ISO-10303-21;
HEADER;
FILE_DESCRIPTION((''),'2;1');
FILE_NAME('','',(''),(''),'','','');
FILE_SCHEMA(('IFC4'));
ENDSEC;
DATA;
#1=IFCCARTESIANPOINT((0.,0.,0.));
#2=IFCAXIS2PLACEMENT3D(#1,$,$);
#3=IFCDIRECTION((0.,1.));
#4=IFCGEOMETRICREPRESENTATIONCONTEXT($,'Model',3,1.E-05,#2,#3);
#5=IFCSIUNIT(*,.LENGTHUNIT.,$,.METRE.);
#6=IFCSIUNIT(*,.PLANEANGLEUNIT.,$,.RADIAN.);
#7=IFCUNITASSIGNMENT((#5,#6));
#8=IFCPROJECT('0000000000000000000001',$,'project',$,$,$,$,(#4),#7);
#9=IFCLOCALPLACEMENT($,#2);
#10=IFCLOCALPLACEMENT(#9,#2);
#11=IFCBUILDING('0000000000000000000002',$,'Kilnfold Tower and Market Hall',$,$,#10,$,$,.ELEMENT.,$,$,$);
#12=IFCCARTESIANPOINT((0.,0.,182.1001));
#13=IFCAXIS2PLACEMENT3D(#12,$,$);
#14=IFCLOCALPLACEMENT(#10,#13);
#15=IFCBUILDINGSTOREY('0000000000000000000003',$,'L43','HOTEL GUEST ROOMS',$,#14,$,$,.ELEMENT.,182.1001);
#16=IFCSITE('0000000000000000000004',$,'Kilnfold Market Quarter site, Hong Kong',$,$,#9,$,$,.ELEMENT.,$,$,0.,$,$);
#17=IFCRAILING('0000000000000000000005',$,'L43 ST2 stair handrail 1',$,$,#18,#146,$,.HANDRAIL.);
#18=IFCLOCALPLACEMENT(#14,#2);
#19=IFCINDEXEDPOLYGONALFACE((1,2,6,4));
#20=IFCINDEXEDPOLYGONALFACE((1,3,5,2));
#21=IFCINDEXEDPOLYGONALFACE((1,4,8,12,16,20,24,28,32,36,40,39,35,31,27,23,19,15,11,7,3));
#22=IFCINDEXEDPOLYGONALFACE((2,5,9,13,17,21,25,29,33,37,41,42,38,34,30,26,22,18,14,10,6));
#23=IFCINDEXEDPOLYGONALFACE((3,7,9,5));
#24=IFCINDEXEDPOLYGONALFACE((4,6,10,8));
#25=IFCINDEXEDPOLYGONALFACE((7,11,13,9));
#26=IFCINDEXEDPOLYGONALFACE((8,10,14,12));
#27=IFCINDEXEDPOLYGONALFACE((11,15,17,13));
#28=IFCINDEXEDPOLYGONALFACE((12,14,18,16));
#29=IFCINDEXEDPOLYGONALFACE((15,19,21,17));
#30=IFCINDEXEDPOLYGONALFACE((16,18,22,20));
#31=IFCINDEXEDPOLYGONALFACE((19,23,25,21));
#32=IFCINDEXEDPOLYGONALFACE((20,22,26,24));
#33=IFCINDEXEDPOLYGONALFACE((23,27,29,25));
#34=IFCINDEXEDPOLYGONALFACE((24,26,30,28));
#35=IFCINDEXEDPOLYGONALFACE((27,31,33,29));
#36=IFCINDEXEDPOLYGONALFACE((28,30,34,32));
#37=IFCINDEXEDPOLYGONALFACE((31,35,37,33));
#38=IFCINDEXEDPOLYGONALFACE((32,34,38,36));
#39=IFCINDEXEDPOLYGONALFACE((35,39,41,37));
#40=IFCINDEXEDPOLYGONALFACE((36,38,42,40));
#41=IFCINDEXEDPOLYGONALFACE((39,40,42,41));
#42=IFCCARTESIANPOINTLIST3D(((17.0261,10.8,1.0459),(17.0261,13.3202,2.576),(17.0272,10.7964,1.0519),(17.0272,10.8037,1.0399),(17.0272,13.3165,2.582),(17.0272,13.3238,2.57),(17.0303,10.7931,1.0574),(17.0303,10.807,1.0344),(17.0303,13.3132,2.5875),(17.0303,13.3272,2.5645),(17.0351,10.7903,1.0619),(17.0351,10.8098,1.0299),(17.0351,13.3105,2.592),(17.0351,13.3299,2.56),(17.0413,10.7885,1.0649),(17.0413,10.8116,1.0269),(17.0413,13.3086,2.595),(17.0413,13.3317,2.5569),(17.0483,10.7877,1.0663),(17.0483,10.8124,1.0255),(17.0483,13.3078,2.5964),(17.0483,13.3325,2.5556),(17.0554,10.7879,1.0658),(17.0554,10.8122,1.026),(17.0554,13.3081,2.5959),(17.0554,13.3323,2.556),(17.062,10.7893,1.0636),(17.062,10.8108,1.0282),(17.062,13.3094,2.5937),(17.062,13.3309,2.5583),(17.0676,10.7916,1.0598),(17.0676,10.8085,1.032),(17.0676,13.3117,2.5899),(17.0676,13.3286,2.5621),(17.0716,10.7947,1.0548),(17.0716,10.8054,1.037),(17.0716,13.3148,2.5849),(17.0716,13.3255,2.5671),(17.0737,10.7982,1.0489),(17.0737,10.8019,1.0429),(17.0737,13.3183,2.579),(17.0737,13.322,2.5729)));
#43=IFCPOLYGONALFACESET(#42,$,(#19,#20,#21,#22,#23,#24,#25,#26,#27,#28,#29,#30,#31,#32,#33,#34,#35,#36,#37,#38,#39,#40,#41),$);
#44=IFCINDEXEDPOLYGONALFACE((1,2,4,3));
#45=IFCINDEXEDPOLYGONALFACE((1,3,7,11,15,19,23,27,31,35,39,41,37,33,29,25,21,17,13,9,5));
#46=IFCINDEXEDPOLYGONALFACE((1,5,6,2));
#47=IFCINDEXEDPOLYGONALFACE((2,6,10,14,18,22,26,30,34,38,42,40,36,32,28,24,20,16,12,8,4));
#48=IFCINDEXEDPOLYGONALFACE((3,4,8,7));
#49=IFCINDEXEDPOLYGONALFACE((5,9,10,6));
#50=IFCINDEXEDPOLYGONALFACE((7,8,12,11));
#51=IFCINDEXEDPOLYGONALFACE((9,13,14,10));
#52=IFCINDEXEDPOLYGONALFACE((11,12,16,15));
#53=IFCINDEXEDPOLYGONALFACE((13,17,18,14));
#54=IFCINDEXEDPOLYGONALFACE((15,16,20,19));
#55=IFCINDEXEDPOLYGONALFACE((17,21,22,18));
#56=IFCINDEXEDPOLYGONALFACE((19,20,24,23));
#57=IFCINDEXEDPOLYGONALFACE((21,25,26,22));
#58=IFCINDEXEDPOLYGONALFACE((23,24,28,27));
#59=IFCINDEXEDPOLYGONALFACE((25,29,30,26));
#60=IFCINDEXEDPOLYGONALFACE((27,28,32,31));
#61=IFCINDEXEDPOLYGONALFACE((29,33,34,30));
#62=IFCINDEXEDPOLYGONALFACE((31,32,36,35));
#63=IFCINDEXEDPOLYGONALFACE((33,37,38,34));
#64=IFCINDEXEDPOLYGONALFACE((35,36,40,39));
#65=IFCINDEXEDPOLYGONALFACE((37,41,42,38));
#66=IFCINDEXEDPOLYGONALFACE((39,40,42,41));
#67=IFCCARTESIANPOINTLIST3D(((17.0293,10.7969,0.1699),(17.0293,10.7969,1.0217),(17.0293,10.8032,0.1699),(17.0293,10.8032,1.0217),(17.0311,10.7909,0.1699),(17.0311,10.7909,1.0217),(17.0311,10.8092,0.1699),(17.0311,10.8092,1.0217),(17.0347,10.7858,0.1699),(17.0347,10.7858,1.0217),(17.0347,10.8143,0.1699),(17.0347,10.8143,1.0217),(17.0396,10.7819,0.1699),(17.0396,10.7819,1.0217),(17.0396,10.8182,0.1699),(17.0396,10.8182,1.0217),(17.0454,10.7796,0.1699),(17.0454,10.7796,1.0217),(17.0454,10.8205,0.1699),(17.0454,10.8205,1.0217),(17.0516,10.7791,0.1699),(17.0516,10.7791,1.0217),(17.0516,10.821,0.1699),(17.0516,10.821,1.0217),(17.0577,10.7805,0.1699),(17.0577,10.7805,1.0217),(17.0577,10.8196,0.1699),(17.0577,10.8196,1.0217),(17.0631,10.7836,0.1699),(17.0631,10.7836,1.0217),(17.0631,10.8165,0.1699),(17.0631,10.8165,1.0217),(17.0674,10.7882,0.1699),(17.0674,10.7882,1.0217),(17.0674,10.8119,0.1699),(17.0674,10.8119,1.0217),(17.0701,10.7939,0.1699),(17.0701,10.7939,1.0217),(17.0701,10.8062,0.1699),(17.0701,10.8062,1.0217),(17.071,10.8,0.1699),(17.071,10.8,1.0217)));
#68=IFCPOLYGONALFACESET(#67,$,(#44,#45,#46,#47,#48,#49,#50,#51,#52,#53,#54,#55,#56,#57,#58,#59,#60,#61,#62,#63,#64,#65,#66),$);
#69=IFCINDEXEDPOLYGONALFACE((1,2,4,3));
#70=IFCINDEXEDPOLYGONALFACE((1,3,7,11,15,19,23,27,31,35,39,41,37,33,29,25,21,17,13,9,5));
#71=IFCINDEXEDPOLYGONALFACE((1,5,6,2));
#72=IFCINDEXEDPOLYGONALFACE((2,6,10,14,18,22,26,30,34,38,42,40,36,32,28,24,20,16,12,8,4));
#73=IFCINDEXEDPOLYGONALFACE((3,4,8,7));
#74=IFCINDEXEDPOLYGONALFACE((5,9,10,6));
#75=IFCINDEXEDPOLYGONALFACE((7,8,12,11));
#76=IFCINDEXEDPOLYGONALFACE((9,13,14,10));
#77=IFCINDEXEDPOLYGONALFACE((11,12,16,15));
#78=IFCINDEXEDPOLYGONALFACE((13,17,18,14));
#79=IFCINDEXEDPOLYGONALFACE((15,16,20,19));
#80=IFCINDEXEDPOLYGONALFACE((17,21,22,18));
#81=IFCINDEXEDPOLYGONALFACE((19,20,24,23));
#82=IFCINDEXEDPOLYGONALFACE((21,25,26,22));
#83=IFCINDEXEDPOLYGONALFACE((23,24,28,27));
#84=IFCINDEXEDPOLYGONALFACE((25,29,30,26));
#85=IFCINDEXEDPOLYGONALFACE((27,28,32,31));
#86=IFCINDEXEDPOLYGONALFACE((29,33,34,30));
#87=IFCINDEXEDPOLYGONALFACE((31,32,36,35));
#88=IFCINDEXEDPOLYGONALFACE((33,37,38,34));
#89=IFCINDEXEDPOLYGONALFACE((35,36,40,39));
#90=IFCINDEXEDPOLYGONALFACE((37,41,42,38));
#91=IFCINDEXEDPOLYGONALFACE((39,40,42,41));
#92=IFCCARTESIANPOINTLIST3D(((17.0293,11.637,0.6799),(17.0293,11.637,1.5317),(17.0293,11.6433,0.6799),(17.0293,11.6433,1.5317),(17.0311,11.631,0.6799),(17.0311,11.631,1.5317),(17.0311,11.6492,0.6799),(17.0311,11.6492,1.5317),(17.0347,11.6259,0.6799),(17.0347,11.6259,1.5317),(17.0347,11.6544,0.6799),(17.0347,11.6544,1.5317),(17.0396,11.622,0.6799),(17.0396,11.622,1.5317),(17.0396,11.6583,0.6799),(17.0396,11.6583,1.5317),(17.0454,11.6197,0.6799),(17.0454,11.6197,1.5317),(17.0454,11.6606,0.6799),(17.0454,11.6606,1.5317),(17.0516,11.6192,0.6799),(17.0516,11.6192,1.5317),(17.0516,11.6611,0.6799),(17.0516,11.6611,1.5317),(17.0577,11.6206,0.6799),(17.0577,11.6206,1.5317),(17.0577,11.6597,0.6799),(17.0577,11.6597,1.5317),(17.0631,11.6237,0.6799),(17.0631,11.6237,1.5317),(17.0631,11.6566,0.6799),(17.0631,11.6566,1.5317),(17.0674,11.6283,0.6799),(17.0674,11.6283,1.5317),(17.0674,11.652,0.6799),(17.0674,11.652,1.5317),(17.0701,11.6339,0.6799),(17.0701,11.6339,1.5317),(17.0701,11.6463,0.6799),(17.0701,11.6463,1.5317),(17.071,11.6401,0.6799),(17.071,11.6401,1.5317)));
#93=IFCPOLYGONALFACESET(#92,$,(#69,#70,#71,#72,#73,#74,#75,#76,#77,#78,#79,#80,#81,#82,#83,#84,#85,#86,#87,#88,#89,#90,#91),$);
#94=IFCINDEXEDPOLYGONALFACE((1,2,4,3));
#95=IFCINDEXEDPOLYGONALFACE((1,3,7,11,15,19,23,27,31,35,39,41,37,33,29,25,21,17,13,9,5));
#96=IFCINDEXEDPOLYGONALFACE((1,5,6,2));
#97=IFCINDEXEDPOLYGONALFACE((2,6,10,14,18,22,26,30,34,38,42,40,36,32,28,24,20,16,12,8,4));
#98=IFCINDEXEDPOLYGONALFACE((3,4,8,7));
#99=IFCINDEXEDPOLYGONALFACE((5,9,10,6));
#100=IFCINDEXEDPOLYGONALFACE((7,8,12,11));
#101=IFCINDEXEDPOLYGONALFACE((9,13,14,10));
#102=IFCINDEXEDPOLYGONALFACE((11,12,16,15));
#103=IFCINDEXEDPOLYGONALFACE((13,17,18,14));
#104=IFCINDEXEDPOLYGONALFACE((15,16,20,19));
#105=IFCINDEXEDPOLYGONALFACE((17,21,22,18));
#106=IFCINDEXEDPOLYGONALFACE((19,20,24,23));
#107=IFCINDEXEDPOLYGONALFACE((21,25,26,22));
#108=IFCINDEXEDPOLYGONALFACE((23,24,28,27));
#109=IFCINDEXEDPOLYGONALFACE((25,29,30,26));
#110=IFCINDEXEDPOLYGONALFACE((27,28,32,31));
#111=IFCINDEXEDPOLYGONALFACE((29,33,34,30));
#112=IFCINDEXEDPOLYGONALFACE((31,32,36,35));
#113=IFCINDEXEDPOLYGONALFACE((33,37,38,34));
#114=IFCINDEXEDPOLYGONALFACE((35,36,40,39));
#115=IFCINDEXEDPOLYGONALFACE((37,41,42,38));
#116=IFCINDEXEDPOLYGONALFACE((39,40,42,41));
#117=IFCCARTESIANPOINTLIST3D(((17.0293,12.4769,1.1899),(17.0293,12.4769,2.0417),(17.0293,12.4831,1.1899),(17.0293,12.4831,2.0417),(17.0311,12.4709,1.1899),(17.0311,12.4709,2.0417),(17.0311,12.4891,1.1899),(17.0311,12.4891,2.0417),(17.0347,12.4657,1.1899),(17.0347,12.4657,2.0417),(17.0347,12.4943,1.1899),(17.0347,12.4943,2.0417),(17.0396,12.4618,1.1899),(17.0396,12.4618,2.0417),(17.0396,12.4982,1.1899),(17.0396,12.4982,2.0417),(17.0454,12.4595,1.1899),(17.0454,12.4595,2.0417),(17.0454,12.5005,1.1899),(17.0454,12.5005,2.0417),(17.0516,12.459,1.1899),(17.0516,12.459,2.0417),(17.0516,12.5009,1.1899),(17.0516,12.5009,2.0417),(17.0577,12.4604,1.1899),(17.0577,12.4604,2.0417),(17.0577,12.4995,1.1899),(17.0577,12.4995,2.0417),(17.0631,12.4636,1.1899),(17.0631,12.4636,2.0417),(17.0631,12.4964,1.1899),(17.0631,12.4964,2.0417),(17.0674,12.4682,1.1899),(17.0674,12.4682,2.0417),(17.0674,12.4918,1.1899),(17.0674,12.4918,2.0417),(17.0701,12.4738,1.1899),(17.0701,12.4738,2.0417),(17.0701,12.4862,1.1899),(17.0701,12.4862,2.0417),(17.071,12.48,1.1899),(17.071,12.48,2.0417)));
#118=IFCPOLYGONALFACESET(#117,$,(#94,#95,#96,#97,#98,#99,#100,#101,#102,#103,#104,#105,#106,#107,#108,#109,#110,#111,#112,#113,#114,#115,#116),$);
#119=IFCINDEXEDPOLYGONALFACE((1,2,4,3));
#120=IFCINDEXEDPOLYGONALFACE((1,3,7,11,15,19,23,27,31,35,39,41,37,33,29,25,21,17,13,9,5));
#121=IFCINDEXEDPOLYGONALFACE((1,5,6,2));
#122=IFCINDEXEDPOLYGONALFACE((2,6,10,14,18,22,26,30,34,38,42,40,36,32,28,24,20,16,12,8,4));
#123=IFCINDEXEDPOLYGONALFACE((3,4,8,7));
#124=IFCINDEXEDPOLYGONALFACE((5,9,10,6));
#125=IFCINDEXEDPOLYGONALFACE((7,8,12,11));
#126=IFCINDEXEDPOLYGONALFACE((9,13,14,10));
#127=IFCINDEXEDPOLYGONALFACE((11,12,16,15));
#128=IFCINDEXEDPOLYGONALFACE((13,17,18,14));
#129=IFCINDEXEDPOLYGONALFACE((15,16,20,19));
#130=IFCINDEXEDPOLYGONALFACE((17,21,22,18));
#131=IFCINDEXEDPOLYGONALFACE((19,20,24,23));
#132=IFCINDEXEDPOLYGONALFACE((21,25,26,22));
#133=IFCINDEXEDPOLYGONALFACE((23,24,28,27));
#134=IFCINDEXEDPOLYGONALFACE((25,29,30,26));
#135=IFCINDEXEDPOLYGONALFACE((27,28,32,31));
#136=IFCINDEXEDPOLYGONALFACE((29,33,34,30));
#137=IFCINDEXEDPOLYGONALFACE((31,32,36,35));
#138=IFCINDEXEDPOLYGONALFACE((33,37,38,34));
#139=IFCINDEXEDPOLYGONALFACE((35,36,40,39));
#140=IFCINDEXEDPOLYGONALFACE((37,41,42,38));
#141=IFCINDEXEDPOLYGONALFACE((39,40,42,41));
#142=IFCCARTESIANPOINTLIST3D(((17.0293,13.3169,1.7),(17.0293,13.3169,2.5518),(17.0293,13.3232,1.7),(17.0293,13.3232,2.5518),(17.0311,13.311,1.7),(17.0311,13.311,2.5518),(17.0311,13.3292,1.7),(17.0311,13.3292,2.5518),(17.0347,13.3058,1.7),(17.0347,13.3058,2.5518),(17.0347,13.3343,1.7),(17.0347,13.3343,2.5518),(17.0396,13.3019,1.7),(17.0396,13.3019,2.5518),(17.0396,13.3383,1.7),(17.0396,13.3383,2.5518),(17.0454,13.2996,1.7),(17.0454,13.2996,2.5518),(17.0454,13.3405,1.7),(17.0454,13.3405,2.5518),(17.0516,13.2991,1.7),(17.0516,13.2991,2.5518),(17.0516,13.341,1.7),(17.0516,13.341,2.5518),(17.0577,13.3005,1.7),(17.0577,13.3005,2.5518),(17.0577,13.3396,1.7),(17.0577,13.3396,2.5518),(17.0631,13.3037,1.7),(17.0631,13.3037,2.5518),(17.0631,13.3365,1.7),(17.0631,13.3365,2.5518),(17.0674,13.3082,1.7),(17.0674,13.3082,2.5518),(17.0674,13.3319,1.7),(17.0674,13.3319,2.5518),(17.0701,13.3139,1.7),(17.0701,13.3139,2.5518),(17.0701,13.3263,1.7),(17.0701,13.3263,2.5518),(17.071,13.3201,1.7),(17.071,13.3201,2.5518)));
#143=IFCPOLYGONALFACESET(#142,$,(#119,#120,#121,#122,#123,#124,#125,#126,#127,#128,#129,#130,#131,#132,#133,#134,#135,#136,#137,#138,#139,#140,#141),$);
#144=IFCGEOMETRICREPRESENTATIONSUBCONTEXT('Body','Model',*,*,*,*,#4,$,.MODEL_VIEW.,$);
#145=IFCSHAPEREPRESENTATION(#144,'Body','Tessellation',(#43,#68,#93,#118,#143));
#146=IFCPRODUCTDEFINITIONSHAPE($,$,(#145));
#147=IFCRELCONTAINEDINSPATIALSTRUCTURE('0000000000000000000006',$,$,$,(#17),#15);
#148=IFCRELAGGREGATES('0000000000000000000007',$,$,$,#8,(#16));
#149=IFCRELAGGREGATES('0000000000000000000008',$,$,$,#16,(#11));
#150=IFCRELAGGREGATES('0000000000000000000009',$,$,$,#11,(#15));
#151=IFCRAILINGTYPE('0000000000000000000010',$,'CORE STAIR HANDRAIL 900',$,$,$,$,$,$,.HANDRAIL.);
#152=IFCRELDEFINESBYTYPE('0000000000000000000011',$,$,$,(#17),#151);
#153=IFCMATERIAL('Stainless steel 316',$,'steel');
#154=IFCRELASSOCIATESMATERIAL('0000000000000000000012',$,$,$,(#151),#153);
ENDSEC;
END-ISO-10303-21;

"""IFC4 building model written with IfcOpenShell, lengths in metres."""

from ifc_helpers import new_model, si_unit, direction, frame, origin, origin_2d, place, context, subcontext, project, spatial, circle, extrude, material, type_object, element, save


model = new_model("IFC4")

# Units and contexts
model_context = context("Model", 3, precision=1e-05, world=origin(), true_north=direction((0.0, 1.0)))
body_context = subcontext(model_context, "Body", "Model", "MODEL_VIEW")
ifc_project = project(units=[si_unit("LENGTHUNIT", "METRE"), si_unit("PLANEANGLEUNIT", "RADIAN")], contexts=[model_context])

# Site, building, storey
site_placement = place(None, origin())
site = spatial("IfcSite", under=ifc_project, at=site_placement, Name="Kilnfold Market Quarter site, Hong Kong", CompositionType="ELEMENT", RefElevation=0.0)
building_placement = place(site_placement, origin())
building = spatial("IfcBuilding", under=site, at=building_placement, Name="Kilnfold Tower and Market Hall", CompositionType="ELEMENT")
storey_placement = place(building_placement, frame((0.0, 0.0, 182.1001)))
storey = spatial("IfcBuildingStorey", under=building, at=storey_placement, Name="L43", Description="HOTEL GUEST ROOMS", CompositionType="ELEMENT", Elevation=182.1001)

# Railing
ifc_material_1 = material(Name="Stainless steel 316", Category="steel")
railing_type_1 = type_object("IfcRailingType", Name="CORE STAIR HANDRAIL 900", PredefinedType="HANDRAIL", material=ifc_material_1)
for number, where, name in (
    (1, (17.05, 10.8, 0.1699), "L43 ST2 stair handrail 1"),
):
    element("IfcRailing", number, at=place(storey_placement, frame(where)), inside=storey, type_object=railing_type_1, Name=name, PredefinedType="HANDRAIL", context=body_context, shape_type="SweptSolid", body=[
        extrude(circle(Radius=0.0239, at=origin_2d()), frame((0.0, 0.0, 0.876), z_axis=(0.0, 0.854785, 0.518982), x_axis=(-1.0, 0.0, 0.0)), (0.0, 0.0, 1.0), 2.9482),
        extrude(circle(Radius=0.021, at=origin_2d()), origin(), (0.0, 0.0, 1.0), 0.8518),
        extrude(circle(Radius=0.021, at=origin_2d()), frame((0.0, 0.8401, 0.51)), (0.0, 0.0, 1.0), 0.8518),
        extrude(circle(Radius=0.021, at=origin_2d()), frame((0.0, 1.6799, 1.02)), (0.0, 0.0, 1.0), 0.8518),
        extrude(circle(Radius=0.021, at=origin_2d()), frame((0.0, 2.52, 1.53)), (0.0, 0.0, 1.0), 0.8518),
    ])

save(model, "model.ifc")
